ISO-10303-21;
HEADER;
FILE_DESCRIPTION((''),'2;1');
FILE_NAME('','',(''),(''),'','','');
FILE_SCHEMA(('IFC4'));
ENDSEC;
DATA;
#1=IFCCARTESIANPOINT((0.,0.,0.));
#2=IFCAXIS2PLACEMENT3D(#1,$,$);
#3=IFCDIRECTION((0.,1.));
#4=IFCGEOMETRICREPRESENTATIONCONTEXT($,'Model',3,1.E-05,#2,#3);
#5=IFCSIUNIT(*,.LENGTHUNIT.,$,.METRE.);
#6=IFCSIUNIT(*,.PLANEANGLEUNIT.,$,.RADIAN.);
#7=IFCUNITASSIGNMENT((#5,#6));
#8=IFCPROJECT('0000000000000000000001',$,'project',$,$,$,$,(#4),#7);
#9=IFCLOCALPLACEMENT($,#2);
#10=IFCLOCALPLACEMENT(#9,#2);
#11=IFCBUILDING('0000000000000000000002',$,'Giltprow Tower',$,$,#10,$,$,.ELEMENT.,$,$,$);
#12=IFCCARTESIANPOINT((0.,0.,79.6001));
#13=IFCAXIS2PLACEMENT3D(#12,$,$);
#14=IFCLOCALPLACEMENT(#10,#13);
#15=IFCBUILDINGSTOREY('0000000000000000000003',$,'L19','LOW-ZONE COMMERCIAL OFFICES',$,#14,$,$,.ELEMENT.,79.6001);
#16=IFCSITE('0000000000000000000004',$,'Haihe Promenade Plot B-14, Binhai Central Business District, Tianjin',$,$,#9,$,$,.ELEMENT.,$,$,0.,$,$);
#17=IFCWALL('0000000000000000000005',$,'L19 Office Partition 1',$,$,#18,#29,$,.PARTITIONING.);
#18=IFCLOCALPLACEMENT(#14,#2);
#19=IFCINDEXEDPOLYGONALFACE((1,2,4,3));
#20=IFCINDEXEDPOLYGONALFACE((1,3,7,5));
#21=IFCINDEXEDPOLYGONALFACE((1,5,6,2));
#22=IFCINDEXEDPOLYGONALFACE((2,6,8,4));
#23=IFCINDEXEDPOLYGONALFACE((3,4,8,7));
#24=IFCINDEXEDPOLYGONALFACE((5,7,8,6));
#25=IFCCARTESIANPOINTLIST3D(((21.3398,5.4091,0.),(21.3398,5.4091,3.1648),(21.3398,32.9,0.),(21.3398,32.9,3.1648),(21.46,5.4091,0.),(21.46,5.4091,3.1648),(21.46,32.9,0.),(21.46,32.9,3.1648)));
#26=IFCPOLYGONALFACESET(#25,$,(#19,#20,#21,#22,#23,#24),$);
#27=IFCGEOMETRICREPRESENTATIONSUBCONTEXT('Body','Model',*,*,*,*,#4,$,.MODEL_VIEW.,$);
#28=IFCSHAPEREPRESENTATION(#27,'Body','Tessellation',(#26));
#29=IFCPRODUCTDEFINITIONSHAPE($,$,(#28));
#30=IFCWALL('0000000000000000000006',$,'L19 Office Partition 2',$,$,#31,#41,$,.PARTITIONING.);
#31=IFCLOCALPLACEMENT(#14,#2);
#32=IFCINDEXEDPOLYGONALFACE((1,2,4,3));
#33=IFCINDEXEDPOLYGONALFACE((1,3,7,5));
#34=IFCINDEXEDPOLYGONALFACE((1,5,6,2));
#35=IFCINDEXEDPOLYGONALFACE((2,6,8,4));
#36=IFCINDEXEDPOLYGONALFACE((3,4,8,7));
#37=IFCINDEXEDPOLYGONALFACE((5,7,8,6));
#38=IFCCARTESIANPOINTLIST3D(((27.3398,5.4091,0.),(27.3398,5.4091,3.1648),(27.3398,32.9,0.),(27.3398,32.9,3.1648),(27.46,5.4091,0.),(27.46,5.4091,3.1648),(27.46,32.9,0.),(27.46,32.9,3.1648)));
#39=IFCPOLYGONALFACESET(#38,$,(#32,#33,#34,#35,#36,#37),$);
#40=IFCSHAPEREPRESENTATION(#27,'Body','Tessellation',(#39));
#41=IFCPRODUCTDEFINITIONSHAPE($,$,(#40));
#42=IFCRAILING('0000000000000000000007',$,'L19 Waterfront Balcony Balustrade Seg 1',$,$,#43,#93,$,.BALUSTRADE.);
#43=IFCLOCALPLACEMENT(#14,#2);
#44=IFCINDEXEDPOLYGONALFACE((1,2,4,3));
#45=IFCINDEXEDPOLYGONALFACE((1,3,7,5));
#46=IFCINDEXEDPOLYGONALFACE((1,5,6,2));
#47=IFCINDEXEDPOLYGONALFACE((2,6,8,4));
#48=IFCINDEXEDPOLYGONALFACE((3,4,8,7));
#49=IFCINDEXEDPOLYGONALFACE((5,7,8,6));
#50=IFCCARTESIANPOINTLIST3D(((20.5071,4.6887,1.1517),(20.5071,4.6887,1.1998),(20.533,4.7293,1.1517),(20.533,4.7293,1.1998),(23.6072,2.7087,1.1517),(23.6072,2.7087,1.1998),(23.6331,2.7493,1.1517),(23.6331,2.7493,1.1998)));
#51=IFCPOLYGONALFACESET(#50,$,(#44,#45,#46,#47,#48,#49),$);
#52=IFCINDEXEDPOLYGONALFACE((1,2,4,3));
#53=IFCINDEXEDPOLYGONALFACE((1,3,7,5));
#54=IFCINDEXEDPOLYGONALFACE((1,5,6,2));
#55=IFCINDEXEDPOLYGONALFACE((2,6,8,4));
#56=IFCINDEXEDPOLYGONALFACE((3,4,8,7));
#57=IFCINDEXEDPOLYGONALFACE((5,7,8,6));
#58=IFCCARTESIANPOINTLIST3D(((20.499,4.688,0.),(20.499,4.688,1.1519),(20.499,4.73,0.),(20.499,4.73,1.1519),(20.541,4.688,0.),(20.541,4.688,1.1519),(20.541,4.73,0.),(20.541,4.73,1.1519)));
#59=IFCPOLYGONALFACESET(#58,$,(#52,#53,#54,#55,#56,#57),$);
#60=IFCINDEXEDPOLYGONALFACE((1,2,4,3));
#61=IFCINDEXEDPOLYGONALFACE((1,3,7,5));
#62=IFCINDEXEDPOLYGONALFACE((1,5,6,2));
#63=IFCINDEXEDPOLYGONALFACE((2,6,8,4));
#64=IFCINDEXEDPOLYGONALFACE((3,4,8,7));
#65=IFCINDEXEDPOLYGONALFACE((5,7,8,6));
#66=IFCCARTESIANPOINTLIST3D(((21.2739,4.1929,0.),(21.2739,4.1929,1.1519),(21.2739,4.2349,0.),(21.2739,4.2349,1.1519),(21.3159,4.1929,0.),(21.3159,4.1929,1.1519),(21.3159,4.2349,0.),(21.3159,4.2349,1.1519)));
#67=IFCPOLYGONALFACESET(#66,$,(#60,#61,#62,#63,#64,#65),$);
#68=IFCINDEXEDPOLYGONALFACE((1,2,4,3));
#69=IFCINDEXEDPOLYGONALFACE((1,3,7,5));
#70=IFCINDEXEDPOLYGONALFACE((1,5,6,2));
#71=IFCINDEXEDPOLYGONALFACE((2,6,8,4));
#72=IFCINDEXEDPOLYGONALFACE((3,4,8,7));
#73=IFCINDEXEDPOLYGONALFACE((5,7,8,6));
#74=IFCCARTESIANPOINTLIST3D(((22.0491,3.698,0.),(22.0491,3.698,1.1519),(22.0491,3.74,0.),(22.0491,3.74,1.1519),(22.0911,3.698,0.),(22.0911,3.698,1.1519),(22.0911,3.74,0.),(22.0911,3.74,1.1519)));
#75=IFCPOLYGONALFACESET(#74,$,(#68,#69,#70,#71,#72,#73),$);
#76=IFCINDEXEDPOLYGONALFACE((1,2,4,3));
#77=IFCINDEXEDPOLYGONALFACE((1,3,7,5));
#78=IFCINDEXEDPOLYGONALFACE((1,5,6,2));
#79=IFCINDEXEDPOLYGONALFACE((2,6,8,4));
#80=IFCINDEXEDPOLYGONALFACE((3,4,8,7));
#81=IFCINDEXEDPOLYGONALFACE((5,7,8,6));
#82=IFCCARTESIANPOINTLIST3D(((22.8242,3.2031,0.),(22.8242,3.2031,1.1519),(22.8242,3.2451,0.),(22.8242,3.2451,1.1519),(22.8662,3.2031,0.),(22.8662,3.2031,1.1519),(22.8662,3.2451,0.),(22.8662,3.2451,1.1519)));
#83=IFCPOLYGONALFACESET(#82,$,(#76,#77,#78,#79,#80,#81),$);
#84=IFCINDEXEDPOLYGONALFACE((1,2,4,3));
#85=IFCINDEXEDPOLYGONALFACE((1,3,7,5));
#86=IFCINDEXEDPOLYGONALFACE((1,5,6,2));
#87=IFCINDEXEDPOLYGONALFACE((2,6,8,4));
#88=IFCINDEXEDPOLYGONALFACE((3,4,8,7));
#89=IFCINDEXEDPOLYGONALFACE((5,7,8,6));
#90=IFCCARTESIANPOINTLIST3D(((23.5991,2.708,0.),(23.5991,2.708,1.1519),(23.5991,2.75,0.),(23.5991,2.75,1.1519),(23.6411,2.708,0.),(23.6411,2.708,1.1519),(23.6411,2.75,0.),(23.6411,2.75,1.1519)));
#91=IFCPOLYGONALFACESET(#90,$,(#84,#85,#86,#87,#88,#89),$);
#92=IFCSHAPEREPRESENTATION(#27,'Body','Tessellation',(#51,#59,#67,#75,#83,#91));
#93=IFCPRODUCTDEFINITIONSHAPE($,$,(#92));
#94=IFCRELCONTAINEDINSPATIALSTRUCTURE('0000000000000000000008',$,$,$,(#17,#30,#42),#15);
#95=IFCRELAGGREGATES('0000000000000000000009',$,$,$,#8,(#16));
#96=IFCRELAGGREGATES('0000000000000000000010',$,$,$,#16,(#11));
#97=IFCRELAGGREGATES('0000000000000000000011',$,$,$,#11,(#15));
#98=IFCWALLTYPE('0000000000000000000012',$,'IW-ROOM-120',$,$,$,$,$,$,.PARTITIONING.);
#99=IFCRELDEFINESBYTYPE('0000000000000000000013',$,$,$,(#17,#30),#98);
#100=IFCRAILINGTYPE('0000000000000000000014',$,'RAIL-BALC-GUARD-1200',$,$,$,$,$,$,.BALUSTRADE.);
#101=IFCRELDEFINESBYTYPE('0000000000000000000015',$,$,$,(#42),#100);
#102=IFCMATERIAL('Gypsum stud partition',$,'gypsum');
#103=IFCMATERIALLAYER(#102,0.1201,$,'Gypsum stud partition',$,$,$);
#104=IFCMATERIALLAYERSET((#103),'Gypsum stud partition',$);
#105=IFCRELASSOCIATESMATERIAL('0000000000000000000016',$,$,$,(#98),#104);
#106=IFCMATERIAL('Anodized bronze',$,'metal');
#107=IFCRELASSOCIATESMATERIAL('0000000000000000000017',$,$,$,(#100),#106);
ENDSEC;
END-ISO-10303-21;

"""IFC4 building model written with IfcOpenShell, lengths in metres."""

from ifc_helpers import new_model, si_unit, direction, frame, frame_2d, origin, origin_2d, place, context, subcontext, project, spatial, rectangle, extrude, material, layer, layer_set, type_object, element, save


model = new_model("IFC4")

# Units and contexts
model_context = context("Model", 3, precision=1e-05, world=origin(), true_north=direction((0.0, 1.0)))
body_context = subcontext(model_context, "Body", "Model", "MODEL_VIEW")
ifc_project = project(units=[si_unit("LENGTHUNIT", "METRE"), si_unit("PLANEANGLEUNIT", "RADIAN")], contexts=[model_context])

# Site, building, storey
site_placement = place(None, origin())
site = spatial("IfcSite", under=ifc_project, at=site_placement, Name="Haihe Promenade Plot B-14, Binhai Central Business District, Tianjin", CompositionType="ELEMENT", RefElevation=0.0)
building_placement = place(site_placement, origin())
building = spatial("IfcBuilding", under=site, at=building_placement, Name="Giltprow Tower", CompositionType="ELEMENT")
storey_placement = place(building_placement, frame((0.0, 0.0, 79.6001)))
storey = spatial("IfcBuildingStorey", under=building, at=storey_placement, Name="L19", Description="LOW-ZONE COMMERCIAL OFFICES", CompositionType="ELEMENT", Elevation=79.6001)

# Shared definitions
ifc_material_1 = material(Name="Anodized bronze", Category="metal")

# Walls
ifc_material_2 = material(Name="Gypsum stud partition", Category="gypsum")
ifc_layer_1 = layer(ifc_material_2, 0.1201, Name="Gypsum stud partition")
ifc_layer_set_1 = layer_set([ifc_layer_1], Name="Gypsum stud partition")
wall_type_1 = type_object("IfcWallType", Name="IW-ROOM-120", PredefinedType="PARTITIONING", material=ifc_layer_set_1)
for number, where, z_axis, x_axis, name in (
    (1, (21.3999, 5.4089, 0.0), (0.0, 0.0, 1.0), (0.0, 1.0, 0.0), "L19 Office Partition 1"),
    (2, (27.3999, 5.4089, 0.0), (0.0, 0.0, 1.0), (0.0, 1.0, 0.0), "L19 Office Partition 2"),
):
    element("IfcWall", number, at=place(storey_placement, frame(where, z_axis=z_axis, x_axis=x_axis)), inside=storey, type_object=wall_type_1, Name=name, PredefinedType="PARTITIONING", context=body_context, shape_type="SweptSolid", body=[
        extrude(rectangle(XDim=27.491, YDim=0.1201, at=frame_2d((13.7456, 0.0))), origin(), (0.0, 0.0, 1.0), 3.1648),
    ])

# Railing
railing_type = type_object("IfcRailingType", Name="RAIL-BALC-GUARD-1200", PredefinedType="BALUSTRADE", material=ifc_material_1)
railing_1_placement = place(storey_placement, frame((20.52, 4.709, 0.0)))
element("IfcRailing", 3, at=railing_1_placement, inside=storey, type_object=railing_type, Name="L19 Waterfront Balcony Balustrade Seg 1", PredefinedType="BALUSTRADE", context=body_context, shape_type="SweptSolid", body=[
    extrude(rectangle(XDim=0.0481, YDim=0.0481, at=origin_2d()), frame((0.0, 0.0, 1.1758), z_axis=(0.842775, -0.538266, 0.0), x_axis=(0.538266, 0.842775, 0.0)), (0.0, 0.0, 1.0), 3.6785),
    extrude(rectangle(XDim=0.042, YDim=0.042, at=origin_2d()), origin(), (0.0, 0.0, 1.0), 1.1519),
    extrude(rectangle(XDim=0.042, YDim=0.042, at=origin_2d()), frame((0.7749, -0.4951, 0.0)), (0.0, 0.0, 1.0), 1.1519),
    extrude(rectangle(XDim=0.042, YDim=0.042, at=origin_2d()), frame((1.55, -0.99, 0.0)), (0.0, 0.0, 1.0), 1.1519),
    extrude(rectangle(XDim=0.042, YDim=0.042, at=origin_2d()), frame((2.3252, -1.4849, 0.0)), (0.0, 0.0, 1.0), 1.1519),
    extrude(rectangle(XDim=0.042, YDim=0.042, at=origin_2d()), frame((3.1001, -1.98, 0.0)), (0.0, 0.0, 1.0), 1.1519),
])

save(model, "model.ifc")
